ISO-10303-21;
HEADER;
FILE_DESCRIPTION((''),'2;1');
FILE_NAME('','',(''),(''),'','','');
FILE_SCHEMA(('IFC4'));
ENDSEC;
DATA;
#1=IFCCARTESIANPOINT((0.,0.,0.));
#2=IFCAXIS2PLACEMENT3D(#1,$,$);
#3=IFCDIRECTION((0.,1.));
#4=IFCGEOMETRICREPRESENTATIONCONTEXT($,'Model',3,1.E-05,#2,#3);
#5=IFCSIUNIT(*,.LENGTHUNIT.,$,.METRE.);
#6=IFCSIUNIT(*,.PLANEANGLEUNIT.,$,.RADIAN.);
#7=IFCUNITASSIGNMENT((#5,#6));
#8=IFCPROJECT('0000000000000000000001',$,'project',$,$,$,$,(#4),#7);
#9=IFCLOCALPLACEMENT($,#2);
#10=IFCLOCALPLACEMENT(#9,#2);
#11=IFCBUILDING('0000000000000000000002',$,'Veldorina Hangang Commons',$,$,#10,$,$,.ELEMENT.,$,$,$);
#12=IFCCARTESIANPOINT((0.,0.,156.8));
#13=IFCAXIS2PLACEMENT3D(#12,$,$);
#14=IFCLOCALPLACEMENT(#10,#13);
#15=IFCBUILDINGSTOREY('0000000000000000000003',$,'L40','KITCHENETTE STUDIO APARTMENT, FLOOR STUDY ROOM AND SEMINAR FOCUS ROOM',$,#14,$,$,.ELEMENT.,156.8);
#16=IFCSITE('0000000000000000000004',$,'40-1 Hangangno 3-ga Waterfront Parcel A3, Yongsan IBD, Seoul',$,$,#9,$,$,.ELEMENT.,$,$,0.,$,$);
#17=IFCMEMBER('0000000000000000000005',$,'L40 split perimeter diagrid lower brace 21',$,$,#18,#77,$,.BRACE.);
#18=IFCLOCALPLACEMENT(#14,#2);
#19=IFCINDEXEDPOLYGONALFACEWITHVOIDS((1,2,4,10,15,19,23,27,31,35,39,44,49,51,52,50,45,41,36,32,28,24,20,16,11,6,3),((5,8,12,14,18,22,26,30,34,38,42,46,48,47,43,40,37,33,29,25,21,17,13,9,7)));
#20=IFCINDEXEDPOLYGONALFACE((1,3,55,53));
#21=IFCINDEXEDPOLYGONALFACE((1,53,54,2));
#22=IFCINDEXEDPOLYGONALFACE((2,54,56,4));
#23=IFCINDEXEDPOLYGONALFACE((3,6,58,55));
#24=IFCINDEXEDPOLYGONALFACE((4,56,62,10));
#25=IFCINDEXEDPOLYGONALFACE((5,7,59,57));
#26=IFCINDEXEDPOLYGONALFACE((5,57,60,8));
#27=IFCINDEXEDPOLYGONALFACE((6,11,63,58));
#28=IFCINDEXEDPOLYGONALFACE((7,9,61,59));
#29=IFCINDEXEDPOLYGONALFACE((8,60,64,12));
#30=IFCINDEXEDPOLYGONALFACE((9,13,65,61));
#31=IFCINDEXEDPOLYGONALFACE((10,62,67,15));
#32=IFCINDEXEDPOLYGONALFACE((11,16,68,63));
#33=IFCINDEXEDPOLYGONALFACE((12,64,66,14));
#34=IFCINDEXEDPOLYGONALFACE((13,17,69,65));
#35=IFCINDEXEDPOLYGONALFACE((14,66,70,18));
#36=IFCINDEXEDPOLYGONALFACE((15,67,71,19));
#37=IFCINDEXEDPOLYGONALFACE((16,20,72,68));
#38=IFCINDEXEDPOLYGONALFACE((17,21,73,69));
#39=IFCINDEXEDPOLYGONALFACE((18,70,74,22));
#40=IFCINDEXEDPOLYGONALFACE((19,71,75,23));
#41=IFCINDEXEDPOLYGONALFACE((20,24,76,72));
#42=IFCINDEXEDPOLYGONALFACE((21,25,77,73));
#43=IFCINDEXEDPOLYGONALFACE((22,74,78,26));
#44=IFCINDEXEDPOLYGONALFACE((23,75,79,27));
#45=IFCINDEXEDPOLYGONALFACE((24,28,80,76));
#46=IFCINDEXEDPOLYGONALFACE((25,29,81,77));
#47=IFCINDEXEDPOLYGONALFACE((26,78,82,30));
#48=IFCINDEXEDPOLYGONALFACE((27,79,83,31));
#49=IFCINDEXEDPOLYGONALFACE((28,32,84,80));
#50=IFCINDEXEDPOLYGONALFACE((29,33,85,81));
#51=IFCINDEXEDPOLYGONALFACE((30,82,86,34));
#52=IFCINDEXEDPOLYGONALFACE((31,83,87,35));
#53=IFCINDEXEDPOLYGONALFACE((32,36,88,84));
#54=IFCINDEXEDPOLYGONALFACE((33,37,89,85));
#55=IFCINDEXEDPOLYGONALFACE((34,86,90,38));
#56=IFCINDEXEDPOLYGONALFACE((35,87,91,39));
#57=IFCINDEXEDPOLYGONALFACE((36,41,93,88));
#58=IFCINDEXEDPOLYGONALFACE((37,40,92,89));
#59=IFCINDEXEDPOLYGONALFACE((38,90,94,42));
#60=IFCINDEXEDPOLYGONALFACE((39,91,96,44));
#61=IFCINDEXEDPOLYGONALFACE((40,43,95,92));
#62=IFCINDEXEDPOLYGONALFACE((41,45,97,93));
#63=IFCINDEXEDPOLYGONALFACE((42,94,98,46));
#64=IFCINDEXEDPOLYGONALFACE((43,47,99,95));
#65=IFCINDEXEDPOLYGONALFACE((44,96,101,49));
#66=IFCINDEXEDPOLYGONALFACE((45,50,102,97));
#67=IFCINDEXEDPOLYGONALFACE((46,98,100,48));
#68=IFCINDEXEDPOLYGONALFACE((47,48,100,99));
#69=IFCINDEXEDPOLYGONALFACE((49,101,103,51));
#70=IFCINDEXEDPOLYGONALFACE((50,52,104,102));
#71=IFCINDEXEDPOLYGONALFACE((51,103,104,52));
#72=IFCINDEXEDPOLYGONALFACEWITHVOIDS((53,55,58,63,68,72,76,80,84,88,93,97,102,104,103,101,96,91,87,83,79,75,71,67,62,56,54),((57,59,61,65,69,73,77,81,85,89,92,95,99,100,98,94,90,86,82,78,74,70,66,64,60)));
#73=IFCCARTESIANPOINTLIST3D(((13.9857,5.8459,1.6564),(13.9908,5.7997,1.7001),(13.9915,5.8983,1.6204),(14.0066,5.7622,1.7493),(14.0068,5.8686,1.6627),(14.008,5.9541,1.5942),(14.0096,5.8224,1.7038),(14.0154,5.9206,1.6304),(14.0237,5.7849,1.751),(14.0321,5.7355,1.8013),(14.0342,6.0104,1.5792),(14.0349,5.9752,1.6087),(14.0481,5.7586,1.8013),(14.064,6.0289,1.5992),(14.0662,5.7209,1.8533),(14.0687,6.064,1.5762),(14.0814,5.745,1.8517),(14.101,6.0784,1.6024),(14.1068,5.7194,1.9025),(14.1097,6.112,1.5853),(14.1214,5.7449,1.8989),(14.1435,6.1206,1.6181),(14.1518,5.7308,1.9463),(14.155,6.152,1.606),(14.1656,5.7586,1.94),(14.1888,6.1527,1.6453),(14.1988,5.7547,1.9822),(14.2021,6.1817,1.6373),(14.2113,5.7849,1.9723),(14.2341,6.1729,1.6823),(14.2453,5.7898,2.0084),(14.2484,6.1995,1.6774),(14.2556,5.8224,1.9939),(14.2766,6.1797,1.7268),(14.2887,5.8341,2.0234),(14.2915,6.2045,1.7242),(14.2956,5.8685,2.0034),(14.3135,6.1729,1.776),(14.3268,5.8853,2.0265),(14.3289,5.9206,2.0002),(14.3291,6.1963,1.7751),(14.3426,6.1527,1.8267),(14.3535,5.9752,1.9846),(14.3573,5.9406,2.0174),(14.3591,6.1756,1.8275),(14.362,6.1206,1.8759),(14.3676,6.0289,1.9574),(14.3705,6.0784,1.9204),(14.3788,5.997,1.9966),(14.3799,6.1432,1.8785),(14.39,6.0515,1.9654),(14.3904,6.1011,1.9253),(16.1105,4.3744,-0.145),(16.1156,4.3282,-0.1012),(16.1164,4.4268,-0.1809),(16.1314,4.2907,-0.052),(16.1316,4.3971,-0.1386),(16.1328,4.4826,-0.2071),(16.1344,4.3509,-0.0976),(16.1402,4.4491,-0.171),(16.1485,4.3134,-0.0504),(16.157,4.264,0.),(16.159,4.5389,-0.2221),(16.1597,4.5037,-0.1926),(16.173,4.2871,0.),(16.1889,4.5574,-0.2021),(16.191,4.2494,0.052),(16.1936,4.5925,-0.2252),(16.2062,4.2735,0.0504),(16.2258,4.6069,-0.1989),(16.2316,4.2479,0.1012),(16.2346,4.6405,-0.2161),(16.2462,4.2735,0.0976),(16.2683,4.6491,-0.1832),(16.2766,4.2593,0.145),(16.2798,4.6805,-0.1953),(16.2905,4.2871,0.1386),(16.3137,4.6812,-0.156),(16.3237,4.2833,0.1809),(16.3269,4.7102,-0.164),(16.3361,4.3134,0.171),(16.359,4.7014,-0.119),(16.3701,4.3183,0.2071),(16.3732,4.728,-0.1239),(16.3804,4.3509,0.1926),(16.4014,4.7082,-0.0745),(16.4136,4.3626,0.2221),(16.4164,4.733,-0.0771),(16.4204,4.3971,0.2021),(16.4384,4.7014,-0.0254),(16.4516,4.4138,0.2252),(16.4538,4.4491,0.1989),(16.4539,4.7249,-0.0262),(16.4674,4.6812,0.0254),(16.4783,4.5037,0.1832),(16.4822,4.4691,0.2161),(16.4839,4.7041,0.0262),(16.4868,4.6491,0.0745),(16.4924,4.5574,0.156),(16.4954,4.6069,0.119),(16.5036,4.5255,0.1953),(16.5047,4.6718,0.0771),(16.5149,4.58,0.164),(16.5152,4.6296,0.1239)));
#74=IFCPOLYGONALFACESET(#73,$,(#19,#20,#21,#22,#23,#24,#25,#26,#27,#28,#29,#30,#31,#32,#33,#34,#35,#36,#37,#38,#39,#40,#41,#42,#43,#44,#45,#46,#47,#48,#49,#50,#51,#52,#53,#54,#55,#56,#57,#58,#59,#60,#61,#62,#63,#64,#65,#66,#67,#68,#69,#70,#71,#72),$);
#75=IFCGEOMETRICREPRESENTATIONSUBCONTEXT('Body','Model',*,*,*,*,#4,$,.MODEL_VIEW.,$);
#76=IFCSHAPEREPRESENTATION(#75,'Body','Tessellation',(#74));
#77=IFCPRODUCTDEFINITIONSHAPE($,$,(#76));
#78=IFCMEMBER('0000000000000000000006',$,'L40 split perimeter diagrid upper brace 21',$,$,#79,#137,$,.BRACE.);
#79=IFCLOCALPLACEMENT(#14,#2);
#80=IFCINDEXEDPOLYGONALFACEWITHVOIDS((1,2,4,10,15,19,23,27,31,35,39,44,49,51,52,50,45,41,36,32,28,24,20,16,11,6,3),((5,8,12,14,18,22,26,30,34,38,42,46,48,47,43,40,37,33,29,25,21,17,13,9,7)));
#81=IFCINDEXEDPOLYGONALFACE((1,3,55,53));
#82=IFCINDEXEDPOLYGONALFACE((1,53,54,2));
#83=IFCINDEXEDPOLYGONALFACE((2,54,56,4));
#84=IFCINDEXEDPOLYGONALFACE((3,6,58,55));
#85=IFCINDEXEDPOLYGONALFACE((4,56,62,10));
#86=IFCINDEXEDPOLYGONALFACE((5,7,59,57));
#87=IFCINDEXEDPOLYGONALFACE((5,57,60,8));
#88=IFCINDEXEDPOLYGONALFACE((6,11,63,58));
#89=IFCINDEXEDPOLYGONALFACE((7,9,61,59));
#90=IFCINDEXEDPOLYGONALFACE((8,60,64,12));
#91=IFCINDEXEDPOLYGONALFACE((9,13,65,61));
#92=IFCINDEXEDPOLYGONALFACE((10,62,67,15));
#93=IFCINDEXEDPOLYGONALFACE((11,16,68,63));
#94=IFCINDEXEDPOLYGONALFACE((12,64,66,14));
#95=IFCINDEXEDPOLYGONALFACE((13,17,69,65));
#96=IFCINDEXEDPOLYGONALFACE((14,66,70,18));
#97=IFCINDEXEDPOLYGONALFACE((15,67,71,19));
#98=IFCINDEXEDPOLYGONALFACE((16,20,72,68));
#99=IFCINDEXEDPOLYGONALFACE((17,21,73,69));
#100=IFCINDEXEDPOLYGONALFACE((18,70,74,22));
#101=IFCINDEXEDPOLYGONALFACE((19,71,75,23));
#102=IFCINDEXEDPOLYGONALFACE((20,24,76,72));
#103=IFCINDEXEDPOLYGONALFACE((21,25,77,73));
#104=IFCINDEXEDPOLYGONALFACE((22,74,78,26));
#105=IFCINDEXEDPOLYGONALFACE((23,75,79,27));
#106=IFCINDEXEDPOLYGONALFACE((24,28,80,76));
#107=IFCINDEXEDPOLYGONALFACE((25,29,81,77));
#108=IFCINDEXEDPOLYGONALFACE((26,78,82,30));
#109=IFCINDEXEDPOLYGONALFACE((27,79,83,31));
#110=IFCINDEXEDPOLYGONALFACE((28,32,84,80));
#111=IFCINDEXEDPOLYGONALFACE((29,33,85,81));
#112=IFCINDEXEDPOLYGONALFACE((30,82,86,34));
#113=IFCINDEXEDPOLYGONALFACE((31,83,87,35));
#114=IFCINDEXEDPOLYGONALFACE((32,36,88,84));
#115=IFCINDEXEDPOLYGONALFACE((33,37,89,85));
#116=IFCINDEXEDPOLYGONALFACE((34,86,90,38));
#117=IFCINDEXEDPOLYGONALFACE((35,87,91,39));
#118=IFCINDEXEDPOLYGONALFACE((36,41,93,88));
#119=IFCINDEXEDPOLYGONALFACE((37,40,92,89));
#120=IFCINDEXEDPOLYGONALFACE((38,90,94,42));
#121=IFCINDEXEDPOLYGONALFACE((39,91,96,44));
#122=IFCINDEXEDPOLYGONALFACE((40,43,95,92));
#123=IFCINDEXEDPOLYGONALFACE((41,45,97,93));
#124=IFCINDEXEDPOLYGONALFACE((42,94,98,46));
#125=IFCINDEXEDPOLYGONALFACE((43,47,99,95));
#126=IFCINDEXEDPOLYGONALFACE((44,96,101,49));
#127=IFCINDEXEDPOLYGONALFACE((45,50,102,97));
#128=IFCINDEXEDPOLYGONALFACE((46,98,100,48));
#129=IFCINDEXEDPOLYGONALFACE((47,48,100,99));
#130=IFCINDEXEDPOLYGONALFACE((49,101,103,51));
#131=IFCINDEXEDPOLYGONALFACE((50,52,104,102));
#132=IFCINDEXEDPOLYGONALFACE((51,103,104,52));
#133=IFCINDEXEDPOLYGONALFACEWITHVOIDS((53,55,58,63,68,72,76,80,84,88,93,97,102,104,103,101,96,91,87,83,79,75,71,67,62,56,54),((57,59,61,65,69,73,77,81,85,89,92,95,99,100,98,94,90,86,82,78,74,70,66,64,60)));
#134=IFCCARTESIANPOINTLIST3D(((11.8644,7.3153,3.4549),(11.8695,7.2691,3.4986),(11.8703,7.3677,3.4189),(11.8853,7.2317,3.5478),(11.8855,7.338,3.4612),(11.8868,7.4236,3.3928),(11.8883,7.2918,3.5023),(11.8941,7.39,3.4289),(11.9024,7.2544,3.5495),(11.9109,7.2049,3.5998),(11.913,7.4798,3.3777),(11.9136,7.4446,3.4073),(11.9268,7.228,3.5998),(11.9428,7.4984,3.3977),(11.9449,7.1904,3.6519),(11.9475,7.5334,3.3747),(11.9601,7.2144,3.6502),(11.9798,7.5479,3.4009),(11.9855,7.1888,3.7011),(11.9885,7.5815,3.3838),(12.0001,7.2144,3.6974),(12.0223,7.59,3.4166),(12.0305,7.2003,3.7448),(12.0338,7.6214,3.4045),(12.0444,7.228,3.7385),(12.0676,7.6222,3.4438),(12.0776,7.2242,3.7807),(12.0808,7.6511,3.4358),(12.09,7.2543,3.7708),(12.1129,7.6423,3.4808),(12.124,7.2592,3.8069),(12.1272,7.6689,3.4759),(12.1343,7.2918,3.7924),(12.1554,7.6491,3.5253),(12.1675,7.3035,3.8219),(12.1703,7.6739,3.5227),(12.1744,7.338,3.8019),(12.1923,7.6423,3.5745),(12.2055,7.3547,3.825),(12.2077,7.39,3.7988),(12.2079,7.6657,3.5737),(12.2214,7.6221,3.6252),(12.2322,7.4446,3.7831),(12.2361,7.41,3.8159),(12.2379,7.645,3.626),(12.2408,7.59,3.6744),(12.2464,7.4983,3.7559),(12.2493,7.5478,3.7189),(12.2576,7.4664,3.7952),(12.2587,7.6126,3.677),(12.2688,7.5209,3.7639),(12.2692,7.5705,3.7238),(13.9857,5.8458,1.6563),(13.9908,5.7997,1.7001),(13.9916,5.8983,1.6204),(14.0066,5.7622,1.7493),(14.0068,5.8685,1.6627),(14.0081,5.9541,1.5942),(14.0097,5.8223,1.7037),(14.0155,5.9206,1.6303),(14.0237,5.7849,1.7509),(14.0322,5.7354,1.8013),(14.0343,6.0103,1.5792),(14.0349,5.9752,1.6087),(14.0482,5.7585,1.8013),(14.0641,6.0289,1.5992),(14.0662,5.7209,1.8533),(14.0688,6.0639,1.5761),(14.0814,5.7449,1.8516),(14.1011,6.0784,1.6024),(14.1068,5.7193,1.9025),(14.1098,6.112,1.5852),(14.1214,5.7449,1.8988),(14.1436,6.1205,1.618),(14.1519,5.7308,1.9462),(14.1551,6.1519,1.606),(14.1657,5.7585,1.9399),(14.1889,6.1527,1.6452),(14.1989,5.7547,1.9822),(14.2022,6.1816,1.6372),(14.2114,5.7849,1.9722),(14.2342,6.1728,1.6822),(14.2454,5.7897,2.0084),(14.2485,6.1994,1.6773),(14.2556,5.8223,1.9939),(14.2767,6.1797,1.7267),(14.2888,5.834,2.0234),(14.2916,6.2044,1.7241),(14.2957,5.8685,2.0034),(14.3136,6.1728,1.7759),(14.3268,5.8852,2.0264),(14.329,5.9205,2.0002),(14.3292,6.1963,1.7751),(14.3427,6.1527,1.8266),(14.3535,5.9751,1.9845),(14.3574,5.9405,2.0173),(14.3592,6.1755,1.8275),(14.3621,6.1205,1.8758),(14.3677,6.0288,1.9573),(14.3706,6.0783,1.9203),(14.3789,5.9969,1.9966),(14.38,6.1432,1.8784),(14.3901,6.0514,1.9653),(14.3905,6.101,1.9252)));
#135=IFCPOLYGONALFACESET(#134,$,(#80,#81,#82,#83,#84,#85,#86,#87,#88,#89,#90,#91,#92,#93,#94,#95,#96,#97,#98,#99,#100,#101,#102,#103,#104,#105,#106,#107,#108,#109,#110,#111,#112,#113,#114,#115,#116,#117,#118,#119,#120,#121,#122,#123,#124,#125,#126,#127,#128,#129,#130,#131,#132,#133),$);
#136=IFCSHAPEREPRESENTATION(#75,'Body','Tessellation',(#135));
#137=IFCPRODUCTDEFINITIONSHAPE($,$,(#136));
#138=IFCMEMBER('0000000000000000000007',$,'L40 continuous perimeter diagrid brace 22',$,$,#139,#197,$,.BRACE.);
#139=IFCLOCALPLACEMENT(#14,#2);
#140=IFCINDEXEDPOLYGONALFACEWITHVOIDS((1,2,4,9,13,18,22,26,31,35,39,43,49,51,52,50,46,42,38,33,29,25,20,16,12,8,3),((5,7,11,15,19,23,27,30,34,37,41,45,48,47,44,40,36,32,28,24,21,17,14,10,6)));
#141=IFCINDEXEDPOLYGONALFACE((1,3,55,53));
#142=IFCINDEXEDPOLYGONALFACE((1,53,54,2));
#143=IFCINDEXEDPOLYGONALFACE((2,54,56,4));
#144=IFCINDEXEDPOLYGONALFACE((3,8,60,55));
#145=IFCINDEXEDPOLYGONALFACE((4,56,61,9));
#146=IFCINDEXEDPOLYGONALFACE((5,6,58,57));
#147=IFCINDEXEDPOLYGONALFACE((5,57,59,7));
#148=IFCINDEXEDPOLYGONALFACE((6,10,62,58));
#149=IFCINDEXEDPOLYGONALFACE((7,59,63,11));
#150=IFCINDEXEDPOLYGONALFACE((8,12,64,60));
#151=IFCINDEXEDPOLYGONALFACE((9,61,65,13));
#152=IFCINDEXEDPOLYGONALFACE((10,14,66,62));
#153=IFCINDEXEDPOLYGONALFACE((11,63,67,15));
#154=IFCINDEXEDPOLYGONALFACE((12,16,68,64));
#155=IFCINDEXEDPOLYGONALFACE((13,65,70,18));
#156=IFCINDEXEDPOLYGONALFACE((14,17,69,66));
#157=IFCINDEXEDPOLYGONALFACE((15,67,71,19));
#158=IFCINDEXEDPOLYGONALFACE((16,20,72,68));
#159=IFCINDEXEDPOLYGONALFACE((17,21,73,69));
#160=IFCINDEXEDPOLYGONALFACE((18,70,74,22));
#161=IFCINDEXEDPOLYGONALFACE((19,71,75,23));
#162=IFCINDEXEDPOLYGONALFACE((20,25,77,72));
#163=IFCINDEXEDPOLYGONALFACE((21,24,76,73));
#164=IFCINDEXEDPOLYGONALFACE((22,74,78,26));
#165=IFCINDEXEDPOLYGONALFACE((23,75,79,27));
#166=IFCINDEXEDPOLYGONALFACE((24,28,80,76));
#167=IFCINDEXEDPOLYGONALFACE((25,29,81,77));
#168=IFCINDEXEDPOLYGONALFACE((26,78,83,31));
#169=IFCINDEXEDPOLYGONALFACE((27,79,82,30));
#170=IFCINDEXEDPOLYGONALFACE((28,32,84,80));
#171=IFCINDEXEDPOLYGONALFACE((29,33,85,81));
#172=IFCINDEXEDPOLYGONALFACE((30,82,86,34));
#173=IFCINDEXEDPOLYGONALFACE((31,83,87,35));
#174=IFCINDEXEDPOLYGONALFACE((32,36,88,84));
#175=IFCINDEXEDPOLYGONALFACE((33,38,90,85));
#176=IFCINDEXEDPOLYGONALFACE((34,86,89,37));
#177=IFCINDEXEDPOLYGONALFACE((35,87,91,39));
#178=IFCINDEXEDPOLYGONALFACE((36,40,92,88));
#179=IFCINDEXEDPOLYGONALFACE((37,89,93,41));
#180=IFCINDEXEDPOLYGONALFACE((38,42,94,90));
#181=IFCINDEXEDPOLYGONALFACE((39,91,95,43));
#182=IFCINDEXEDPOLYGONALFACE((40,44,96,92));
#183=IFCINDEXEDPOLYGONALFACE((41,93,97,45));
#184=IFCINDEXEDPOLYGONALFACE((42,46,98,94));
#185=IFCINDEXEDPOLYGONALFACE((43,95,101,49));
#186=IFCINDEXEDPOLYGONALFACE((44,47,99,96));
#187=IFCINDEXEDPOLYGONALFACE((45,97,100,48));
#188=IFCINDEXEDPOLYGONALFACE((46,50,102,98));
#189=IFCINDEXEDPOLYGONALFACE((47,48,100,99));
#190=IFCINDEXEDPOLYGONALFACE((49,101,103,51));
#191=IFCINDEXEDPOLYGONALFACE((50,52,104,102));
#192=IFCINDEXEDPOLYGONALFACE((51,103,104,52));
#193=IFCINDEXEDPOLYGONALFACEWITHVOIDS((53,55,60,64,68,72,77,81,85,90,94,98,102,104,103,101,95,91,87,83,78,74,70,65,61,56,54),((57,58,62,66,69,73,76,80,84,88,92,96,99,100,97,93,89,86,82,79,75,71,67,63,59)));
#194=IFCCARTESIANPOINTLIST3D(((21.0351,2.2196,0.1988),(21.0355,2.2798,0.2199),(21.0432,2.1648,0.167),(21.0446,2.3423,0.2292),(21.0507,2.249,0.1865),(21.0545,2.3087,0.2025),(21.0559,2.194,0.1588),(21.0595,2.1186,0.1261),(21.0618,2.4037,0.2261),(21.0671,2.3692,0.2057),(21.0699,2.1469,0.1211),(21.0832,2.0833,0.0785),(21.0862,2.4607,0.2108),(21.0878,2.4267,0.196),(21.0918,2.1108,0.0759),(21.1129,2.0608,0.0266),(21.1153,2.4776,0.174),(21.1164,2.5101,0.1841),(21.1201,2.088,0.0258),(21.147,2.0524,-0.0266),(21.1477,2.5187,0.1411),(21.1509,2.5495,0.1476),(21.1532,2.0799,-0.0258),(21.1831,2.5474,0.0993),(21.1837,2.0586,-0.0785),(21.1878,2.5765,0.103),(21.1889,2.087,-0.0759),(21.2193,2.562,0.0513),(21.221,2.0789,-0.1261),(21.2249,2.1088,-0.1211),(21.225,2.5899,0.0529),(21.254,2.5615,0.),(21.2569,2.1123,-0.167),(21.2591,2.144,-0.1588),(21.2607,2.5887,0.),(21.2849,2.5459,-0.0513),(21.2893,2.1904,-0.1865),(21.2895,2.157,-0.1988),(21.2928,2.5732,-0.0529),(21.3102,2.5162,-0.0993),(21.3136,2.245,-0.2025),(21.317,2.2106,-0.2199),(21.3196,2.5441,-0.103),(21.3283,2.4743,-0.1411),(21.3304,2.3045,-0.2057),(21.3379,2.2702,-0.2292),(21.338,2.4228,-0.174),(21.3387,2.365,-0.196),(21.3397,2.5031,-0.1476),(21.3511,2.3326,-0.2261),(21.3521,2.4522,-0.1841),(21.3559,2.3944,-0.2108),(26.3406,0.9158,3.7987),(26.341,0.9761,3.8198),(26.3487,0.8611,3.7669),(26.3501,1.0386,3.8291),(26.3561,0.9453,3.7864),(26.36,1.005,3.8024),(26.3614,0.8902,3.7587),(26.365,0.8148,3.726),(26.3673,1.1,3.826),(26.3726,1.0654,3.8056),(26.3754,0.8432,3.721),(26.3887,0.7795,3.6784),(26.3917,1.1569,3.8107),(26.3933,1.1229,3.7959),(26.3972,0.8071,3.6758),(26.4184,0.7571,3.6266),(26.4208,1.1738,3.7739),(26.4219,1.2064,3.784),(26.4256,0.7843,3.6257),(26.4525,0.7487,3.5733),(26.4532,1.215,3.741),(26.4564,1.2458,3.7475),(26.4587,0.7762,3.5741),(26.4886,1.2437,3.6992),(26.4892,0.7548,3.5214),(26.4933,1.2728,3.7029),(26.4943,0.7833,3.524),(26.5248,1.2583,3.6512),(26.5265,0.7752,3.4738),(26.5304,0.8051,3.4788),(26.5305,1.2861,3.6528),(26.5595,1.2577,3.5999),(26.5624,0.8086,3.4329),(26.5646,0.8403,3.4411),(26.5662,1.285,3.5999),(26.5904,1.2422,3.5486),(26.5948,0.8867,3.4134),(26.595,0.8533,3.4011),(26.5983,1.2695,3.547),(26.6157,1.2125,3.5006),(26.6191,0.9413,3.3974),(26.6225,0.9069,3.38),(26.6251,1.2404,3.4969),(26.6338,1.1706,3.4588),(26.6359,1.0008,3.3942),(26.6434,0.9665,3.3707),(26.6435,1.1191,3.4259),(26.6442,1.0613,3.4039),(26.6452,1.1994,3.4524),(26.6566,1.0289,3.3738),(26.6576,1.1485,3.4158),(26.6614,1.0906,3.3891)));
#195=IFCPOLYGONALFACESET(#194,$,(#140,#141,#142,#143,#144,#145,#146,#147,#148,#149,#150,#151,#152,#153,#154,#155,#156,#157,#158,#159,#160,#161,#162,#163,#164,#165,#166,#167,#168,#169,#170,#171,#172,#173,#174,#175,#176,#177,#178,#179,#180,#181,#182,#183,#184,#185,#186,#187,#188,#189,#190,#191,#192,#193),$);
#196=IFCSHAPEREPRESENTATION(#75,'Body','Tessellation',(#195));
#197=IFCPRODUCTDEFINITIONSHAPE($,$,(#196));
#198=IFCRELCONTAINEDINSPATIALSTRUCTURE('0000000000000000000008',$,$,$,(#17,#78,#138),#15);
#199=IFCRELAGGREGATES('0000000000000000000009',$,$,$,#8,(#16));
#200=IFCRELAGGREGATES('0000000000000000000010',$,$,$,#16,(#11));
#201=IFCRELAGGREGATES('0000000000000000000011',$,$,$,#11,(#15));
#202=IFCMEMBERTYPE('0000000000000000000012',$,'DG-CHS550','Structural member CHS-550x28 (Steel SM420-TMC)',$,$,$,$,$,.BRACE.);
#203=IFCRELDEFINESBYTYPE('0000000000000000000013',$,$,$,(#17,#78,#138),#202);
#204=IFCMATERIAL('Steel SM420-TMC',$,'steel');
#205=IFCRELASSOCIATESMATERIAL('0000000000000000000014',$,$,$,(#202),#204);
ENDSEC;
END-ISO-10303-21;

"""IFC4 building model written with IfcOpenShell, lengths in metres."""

from ifc_helpers import new_model, si_unit, direction, frame, origin, origin_2d, place, context, subcontext, project, spatial, hollow_circle, extrude, material, material_profile, profile_set, type_object, element, save


model = new_model("IFC4")

# Units and contexts
model_context = context("Model", 3, precision=1e-05, world=origin(), true_north=direction((0.0, 1.0)))
body_context = subcontext(model_context, "Body", "Model", "MODEL_VIEW")
ifc_project = project(units=[si_unit("LENGTHUNIT", "METRE"), si_unit("PLANEANGLEUNIT", "RADIAN")], contexts=[model_context])

# Site, building, storey
site_placement = place(None, origin())
site = spatial("IfcSite", under=ifc_project, at=site_placement, Name="40-1 Hangangno 3-ga Waterfront Parcel A3, Yongsan IBD, Seoul", CompositionType="ELEMENT", RefElevation=0.0)
building_placement = place(site_placement, origin())
building = spatial("IfcBuilding", under=site, at=building_placement, Name="Veldorina Hangang Commons", CompositionType="ELEMENT")
storey_placement = place(building_placement, frame((0.0, 0.0, 156.8)))
storey = spatial("IfcBuildingStorey", under=building, at=storey_placement, Name="L40", Description="KITCHENETTE STUDIO APARTMENT, FLOOR STUDY ROOM AND SEMINAR FOCUS ROOM", CompositionType="ELEMENT", Elevation=156.8)

# Shared definitions
ifc_material_1 = material(Name="Steel SM420-TMC", Category="steel")

# Members
ifc_material_profile_1 = material_profile(ifc_material_1, hollow_circle(Radius=0.2749, WallThickness=0.0281, at=origin_2d()), Name="CHS-550x28")
ifc_profile_set_1 = profile_set([ifc_material_profile_1], Name="Steel SM420-TMC")
member_type = type_object("IfcMemberType", Name="DG-CHS550", Description="Structural member CHS-550x28 (Steel SM420-TMC)", PredefinedType="BRACE", material=ifc_profile_set_1)
member_1_placement = place(storey_placement, frame((16.3135, 4.49, 0.0), z_axis=(-0.674465, 0.46708, 0.57178), x_axis=(-0.569328, -0.822111, 0.0)))
element("IfcMember", 1, at=member_1_placement, inside=storey, type_object=member_type, Name="L40 split perimeter diagrid lower brace 21", PredefinedType="BRACE", context=body_context, shape_type="SweptSolid", body=[
    extrude(hollow_circle(Radius=0.2749, WallThickness=0.0281, at=origin_2d()), origin(), (0.0, 0.0, 1.0), 3.1504),
])
member_2_placement = place(storey_placement, frame((14.1887, 5.9614, 1.8013), z_axis=(-0.674398, 0.467165, 0.57179), x_axis=(-0.569436, -0.822035, 0.0)))
element("IfcMember", 2, at=member_2_placement, inside=storey, type_object=member_type, Name="L40 split perimeter diagrid upper brace 21", PredefinedType="BRACE", context=body_context, shape_type="SweptSolid", body=[
    extrude(hollow_circle(Radius=0.2749, WallThickness=0.0281, at=origin_2d()), origin(), (0.0, 0.0, 1.0), 3.1455),
])
member_3_placement = place(storey_placement, frame((21.1951, 2.3218, 0.0), z_axis=(0.810899, -0.199264, 0.550215), x_axis=(0.238633, 0.97111, 0.0)))
element("IfcMember", 3, at=member_3_placement, inside=storey, type_object=member_type, Name="L40 continuous perimeter diagrid brace 22", PredefinedType="BRACE", context=body_context, shape_type="SweptSolid", body=[
    extrude(hollow_circle(Radius=0.2749, WallThickness=0.0281, at=origin_2d()), origin(), (0.0, 0.0, 1.0), 6.5427),
])

save(model, "model.ifc")
